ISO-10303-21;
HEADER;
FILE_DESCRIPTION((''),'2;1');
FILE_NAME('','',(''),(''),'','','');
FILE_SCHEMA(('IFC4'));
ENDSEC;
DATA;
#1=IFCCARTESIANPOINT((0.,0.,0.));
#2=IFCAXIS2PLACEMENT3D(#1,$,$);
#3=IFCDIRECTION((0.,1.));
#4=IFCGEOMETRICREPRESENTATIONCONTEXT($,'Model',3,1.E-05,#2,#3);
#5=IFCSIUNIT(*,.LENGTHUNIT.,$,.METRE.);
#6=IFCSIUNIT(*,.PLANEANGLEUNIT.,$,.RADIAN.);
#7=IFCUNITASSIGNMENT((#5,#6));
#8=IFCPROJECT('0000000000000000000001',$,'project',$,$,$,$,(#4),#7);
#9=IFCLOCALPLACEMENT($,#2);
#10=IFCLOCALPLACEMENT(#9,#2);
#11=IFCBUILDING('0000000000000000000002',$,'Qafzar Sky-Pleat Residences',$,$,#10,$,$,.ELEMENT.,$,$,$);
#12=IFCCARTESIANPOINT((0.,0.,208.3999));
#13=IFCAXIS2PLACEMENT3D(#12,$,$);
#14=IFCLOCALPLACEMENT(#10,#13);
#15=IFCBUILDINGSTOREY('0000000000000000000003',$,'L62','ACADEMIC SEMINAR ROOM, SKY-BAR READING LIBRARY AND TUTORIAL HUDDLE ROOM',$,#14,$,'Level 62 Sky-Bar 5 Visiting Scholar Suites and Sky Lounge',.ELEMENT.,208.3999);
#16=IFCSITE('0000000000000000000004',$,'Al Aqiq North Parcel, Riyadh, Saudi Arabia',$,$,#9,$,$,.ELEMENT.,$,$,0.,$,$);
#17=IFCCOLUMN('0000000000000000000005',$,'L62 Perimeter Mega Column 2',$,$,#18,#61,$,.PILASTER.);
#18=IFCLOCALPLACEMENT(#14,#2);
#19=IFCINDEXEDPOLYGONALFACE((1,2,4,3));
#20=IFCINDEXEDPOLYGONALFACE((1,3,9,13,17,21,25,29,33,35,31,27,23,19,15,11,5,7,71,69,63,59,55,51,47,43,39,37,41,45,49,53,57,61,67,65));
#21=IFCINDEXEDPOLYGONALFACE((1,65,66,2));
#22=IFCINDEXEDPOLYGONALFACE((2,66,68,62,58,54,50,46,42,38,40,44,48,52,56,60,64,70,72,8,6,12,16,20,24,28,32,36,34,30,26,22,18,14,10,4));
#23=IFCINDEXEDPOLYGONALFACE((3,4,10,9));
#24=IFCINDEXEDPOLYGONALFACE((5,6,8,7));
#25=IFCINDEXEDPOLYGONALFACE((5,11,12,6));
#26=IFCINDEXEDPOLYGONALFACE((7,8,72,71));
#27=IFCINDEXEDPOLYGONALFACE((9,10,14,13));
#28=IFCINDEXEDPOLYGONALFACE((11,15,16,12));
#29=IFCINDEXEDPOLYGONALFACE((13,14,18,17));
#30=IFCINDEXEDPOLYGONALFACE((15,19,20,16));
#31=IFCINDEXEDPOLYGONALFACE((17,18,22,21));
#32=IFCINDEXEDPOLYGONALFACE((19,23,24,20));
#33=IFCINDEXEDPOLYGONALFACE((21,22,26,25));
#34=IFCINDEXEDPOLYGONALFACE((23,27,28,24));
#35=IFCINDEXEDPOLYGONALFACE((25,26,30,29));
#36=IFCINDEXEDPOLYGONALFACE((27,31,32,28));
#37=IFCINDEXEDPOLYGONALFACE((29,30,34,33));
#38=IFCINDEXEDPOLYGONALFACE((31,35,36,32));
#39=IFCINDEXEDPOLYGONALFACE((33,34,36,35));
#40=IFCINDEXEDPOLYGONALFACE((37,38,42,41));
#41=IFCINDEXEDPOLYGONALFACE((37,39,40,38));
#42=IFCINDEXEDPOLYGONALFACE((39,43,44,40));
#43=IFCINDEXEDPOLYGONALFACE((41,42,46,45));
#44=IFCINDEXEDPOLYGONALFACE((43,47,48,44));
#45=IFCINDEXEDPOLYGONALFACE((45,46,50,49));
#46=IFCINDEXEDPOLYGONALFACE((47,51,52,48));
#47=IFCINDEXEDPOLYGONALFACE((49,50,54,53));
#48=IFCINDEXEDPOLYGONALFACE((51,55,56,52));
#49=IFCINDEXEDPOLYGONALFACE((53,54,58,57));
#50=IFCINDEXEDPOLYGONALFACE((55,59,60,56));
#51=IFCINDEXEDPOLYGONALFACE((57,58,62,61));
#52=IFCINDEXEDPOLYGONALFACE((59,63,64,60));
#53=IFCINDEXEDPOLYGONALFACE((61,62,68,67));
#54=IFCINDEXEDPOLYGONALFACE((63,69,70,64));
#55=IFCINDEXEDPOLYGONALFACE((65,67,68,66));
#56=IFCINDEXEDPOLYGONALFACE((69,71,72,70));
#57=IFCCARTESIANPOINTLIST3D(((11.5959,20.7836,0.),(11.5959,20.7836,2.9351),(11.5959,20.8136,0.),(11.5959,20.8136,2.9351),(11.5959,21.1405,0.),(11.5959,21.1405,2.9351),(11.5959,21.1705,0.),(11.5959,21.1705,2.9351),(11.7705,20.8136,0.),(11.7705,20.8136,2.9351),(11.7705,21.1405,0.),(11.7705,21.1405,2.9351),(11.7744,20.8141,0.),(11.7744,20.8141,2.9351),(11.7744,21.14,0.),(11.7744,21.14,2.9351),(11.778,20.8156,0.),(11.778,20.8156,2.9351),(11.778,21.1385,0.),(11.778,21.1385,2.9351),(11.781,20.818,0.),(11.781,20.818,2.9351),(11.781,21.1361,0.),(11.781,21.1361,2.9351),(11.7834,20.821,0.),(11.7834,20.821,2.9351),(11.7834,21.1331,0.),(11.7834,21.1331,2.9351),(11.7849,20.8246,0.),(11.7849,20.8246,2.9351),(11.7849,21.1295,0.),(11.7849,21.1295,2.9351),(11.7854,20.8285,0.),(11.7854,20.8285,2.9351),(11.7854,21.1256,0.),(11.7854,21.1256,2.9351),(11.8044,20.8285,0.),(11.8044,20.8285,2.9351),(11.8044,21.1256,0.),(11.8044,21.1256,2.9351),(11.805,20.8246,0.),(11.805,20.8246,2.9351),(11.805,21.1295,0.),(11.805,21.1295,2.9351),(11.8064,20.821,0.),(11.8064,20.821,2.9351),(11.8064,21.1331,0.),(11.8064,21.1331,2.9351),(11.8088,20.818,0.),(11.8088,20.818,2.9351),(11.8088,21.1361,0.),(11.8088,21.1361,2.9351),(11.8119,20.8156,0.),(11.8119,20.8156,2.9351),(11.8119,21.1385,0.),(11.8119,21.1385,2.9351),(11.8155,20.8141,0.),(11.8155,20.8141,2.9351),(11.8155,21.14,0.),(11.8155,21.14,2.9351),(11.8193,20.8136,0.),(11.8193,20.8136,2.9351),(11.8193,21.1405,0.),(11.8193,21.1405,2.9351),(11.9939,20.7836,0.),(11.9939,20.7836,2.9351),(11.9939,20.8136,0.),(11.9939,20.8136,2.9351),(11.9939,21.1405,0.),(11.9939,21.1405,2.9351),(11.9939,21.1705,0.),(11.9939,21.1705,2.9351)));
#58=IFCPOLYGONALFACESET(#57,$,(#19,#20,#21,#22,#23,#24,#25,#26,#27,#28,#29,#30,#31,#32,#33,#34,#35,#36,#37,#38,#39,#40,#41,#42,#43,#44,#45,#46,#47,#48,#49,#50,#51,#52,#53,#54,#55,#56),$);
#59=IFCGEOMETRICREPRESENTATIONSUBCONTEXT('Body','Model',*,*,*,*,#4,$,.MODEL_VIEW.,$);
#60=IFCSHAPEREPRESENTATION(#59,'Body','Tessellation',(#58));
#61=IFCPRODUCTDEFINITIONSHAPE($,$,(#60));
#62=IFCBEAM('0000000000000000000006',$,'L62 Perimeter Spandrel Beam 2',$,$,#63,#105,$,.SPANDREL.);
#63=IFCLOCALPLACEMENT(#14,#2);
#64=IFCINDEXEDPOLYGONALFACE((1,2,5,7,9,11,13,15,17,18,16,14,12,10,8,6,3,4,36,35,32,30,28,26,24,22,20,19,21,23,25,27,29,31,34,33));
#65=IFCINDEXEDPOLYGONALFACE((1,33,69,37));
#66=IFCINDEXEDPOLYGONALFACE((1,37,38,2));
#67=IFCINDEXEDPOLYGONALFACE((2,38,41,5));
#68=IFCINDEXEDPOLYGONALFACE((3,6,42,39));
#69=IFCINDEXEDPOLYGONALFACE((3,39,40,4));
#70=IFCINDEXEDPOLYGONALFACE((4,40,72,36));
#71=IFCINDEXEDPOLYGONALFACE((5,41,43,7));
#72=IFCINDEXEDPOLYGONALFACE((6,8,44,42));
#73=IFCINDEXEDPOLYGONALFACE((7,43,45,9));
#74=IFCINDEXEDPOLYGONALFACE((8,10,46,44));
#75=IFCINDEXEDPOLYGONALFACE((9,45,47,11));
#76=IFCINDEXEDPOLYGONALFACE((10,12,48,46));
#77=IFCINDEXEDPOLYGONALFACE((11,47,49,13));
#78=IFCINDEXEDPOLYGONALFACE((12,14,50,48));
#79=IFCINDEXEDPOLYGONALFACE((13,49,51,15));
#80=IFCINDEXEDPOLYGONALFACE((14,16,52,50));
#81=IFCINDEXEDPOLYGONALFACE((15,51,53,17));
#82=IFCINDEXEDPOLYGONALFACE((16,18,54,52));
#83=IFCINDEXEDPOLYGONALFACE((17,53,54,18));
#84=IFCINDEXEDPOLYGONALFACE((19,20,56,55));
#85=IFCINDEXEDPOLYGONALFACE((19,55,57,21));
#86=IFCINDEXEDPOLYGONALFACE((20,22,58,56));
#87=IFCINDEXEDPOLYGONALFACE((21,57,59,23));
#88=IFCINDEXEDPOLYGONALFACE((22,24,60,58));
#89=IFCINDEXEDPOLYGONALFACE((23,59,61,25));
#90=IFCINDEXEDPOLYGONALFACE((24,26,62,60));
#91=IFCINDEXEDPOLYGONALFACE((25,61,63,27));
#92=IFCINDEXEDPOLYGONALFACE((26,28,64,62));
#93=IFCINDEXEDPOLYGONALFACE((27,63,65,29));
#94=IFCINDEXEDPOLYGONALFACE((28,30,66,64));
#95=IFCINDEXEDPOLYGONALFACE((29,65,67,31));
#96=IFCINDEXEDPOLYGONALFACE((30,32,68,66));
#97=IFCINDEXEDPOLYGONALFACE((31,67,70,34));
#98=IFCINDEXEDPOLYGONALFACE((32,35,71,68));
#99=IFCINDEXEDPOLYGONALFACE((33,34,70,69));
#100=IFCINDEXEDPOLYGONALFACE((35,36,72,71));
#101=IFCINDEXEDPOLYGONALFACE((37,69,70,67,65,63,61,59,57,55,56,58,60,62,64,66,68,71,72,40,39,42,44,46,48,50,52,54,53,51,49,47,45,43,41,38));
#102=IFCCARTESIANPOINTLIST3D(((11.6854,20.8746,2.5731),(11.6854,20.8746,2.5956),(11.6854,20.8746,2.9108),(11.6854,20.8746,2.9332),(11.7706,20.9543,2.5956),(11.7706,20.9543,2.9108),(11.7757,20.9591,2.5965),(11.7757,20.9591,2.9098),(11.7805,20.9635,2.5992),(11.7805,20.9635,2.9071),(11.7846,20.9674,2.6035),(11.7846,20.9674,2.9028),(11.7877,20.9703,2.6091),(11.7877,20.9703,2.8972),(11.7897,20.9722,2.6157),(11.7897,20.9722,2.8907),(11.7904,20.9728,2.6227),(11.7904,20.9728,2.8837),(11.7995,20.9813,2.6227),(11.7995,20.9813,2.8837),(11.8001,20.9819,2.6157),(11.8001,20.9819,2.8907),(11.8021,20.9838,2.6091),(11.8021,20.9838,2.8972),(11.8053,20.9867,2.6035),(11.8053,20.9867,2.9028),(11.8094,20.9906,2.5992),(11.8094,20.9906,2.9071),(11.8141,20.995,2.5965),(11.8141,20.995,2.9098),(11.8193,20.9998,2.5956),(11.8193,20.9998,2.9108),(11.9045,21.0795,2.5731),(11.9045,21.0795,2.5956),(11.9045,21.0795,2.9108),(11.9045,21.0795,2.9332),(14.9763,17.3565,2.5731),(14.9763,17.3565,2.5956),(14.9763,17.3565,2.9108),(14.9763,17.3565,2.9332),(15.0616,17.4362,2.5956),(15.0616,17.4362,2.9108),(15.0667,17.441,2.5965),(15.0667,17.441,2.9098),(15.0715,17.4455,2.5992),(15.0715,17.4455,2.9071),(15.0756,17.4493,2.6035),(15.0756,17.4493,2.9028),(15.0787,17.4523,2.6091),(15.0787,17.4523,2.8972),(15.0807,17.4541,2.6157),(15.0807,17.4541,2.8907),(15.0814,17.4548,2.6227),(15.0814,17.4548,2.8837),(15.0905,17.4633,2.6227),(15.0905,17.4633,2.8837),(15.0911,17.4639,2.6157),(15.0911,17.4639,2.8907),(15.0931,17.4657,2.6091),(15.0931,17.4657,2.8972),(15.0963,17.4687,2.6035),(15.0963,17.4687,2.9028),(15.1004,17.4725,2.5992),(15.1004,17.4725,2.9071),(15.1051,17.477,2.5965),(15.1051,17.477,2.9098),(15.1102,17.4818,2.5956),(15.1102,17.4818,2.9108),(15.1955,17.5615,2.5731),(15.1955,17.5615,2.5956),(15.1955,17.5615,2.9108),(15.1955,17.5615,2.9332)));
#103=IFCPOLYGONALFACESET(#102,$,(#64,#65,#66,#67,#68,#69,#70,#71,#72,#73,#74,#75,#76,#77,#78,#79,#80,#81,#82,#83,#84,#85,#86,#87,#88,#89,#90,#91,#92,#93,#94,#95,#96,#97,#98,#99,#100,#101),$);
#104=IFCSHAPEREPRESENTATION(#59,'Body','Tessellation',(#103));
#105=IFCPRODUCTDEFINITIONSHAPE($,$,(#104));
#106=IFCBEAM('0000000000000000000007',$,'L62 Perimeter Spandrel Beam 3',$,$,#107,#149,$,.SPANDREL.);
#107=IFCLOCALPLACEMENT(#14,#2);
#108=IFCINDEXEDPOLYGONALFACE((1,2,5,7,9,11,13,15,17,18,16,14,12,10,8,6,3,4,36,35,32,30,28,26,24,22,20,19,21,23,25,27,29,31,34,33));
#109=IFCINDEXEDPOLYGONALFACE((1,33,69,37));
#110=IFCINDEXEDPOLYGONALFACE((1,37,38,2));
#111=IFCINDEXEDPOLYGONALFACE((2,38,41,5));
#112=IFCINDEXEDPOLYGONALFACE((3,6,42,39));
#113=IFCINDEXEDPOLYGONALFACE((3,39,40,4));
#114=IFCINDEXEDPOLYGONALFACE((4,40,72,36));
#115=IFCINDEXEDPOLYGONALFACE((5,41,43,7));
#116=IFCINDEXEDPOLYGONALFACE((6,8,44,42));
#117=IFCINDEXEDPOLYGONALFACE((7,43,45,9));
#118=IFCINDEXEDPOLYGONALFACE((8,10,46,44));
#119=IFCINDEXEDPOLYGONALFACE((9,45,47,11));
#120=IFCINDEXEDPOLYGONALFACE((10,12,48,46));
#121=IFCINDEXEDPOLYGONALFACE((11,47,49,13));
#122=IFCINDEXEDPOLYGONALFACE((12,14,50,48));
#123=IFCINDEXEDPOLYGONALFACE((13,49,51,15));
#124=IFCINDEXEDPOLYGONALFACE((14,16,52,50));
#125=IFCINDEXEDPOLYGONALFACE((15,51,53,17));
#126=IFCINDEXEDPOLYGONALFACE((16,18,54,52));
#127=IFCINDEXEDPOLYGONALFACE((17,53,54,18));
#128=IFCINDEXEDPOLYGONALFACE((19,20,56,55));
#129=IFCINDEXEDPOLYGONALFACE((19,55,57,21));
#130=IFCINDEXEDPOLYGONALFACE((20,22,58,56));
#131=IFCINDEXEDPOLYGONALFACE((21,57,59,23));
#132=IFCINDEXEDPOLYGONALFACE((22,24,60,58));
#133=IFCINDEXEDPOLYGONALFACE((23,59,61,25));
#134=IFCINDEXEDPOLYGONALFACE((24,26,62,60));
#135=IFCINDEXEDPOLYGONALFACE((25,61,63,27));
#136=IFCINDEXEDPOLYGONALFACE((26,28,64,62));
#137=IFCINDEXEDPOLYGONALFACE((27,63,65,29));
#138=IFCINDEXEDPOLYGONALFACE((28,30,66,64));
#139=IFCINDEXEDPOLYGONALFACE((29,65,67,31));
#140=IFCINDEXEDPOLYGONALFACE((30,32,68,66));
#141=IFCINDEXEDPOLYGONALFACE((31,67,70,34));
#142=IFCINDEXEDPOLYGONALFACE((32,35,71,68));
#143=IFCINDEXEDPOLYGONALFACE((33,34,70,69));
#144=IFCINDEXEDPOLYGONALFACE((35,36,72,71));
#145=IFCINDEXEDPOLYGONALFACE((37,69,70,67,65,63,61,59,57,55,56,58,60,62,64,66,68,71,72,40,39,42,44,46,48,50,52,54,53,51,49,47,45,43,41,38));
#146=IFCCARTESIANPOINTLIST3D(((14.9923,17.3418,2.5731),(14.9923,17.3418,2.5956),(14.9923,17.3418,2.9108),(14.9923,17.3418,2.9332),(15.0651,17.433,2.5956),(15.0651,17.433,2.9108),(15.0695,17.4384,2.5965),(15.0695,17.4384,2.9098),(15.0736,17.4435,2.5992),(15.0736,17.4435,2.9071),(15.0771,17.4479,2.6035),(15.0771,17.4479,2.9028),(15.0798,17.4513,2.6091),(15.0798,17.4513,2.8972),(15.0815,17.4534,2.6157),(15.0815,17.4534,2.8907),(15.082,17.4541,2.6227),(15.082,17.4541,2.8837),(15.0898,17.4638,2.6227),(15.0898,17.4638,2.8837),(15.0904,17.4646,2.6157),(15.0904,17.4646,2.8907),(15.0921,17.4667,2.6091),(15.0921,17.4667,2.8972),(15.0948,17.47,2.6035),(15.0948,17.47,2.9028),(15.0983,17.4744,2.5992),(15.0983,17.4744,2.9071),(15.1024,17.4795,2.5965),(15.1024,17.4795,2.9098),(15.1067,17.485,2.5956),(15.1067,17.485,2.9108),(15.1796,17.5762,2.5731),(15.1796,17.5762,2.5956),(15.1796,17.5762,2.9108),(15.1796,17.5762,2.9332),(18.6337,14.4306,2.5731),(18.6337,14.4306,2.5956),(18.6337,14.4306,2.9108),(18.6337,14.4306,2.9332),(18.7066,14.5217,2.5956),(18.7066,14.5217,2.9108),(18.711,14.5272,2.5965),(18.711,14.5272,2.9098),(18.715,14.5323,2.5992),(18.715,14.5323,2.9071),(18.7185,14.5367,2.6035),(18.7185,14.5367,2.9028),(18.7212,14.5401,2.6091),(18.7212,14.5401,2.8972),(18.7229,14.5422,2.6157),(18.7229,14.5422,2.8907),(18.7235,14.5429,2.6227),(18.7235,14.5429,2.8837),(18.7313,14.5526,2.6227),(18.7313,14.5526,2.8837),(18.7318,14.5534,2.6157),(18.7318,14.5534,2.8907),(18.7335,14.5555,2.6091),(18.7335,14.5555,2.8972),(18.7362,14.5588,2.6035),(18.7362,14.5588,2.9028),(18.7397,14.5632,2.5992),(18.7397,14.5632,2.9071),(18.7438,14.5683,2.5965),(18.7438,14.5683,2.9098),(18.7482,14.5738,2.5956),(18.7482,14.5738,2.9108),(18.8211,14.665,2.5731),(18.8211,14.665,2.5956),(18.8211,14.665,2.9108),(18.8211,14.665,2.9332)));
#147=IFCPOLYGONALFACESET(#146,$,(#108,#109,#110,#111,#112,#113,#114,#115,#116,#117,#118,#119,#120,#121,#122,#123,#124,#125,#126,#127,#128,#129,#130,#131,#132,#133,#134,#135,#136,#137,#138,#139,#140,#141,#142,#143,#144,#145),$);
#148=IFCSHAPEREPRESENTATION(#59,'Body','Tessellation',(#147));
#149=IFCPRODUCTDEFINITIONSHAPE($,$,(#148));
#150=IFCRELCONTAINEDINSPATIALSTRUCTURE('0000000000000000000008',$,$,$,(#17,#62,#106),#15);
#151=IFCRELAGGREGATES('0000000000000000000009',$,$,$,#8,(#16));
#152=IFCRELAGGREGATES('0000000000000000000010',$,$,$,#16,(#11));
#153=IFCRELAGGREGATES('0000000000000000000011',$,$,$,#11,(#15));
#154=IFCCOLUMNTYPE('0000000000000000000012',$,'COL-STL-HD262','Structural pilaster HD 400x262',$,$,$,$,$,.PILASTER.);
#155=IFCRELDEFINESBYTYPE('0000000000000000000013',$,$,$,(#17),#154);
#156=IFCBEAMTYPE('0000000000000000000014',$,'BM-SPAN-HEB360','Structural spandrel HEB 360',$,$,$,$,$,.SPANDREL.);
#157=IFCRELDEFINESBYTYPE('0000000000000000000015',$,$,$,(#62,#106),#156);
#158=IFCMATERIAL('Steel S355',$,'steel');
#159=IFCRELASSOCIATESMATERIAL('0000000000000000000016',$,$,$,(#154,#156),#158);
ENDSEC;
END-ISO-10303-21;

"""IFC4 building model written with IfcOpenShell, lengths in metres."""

from ifc_helpers import new_model, si_unit, direction, frame, origin, origin_2d, place, context, subcontext, project, spatial, i_section, extrude, source, transform, mapped, material, material_profile, profile_set, type_object, element, save


model = new_model("IFC4")

# Units and contexts
model_context = context("Model", 3, precision=1e-05, world=origin(), true_north=direction((0.0, 1.0)))
body_context = subcontext(model_context, "Body", "Model", "MODEL_VIEW")
ifc_project = project(units=[si_unit("LENGTHUNIT", "METRE"), si_unit("PLANEANGLEUNIT", "RADIAN")], contexts=[model_context])

# Site, building, storey
site_placement = place(None, origin())
site = spatial("IfcSite", under=ifc_project, at=site_placement, Name="Al Aqiq North Parcel, Riyadh, Saudi Arabia", CompositionType="ELEMENT", RefElevation=0.0)
building_placement = place(site_placement, origin())
building = spatial("IfcBuilding", under=site, at=building_placement, Name="Qafzar Sky-Pleat Residences", CompositionType="ELEMENT")
storey_placement = place(building_placement, frame((0.0, 0.0, 208.3999)))
storey = spatial("IfcBuildingStorey", under=building, at=storey_placement, Name="L62", Description="ACADEMIC SEMINAR ROOM, SKY-BAR READING LIBRARY AND TUTORIAL HUDDLE ROOM", LongName="Level 62 Sky-Bar 5 Visiting Scholar Suites and Sky Lounge", CompositionType="ELEMENT", Elevation=208.3999)

# Column
ifc_material_1 = material(Name="Steel S355", Category="steel")
ifc_material_profile_1 = material_profile(ifc_material_1, i_section(OverallWidth=0.3979, OverallDepth=0.387, WebThickness=0.019, FlangeThickness=0.03, FilletRadius=0.0149, at=origin_2d()), Name="HD 400x262")
ifc_profile_set_1 = profile_set([ifc_material_profile_1], Name="Steel S355")
column_type = type_object("IfcColumnType", Name="COL-STL-HD262", Description="Structural pilaster HD 400x262", PredefinedType="PILASTER", material=ifc_profile_set_1)
shared_shape_1 = source(origin(), body_context, "Body", "SweptSolid", [
    extrude(i_section(OverallWidth=0.3979, OverallDepth=0.387, WebThickness=0.019, FlangeThickness=0.03, FilletRadius=0.0149, at=origin_2d()), origin(), (0.0, 0.0, 1.0), 2.9351),
])
column_placement = place(storey_placement, frame((11.7949, 20.9771, 0.0), z_axis=(0.0, 0.0, 1.0), x_axis=(1.0, 0.0, 0.0)))
element("IfcColumn", 1, at=column_placement, inside=storey, type_object=column_type, Name="L62 Perimeter Mega Column 2", PredefinedType="PILASTER", context=body_context, shape_type="MappedRepresentation", body=[
    mapped(shared_shape_1, transform((0.0, 0.0, 0.0), x_axis=(1.0, 0.0, 0.0), y_axis=(0.0, 1.0, 0.0), z_axis=(0.0, 0.0, 1.0), scale=1.0)),
])

# Beams
ifc_material_profile_2 = material_profile(ifc_material_1, i_section(OverallWidth=0.3, OverallDepth=0.3601, WebThickness=0.0125, FlangeThickness=0.0225, FilletRadius=0.0271, at=origin_2d()), Name="HEB 360")
ifc_profile_set_2 = profile_set([ifc_material_profile_2], Name="Steel S355")
beam_type_1 = type_object("IfcBeamType", Name="BM-SPAN-HEB360", Description="Structural spandrel HEB 360", PredefinedType="SPANDREL", material=ifc_profile_set_2)
shared_shape_2 = source(origin(), body_context, "Body", "SweptSolid", [
    extrude(i_section(OverallWidth=0.3, OverallDepth=0.3601, WebThickness=0.0125, FlangeThickness=0.0225, FilletRadius=0.0271, at=origin_2d()), origin(), (0.0, 0.0, 1.0), 4.8174),
])
beam_1_placement = place(storey_placement, frame((11.7949, 20.9771, 2.7532), z_axis=(0.683148, -0.73028, 0.0), x_axis=(0.73028, 0.683148, 0.0)))
element("IfcBeam", 2, at=beam_1_placement, inside=storey, type_object=beam_type_1, Name="L62 Perimeter Spandrel Beam 2", PredefinedType="SPANDREL", context=body_context, shape_type="MappedRepresentation", body=[
    mapped(shared_shape_2, transform((0.0, 0.0, 0.0), x_axis=(1.0, 0.0, 0.0), y_axis=(0.0, 1.0, 0.0), z_axis=(0.0, 0.0, 1.0), scale=1.0)),
])
shared_shape_3 = source(origin(), body_context, "Body", "SweptSolid", [
    extrude(i_section(OverallWidth=0.3, OverallDepth=0.3601, WebThickness=0.0125, FlangeThickness=0.0225, FilletRadius=0.0271, at=origin_2d()), origin(), (0.0, 0.0, 1.0), 4.6621),
])
beam_2_placement = place(storey_placement, frame((15.0859, 17.459, 2.7532), z_axis=(0.781073, -0.62444, 0.0), x_axis=(0.62444, 0.781073, 0.0)))
element("IfcBeam", 3, at=beam_2_placement, inside=storey, type_object=beam_type_1, Name="L62 Perimeter Spandrel Beam 3", PredefinedType="SPANDREL", context=body_context, shape_type="MappedRepresentation", body=[
    mapped(shared_shape_3, transform((0.0, 0.0, 0.0), x_axis=(1.0, 0.0, 0.0), y_axis=(0.0, 1.0, 0.0), z_axis=(0.0, 0.0, 1.0), scale=1.0)),
])

save(model, "model.ifc")
